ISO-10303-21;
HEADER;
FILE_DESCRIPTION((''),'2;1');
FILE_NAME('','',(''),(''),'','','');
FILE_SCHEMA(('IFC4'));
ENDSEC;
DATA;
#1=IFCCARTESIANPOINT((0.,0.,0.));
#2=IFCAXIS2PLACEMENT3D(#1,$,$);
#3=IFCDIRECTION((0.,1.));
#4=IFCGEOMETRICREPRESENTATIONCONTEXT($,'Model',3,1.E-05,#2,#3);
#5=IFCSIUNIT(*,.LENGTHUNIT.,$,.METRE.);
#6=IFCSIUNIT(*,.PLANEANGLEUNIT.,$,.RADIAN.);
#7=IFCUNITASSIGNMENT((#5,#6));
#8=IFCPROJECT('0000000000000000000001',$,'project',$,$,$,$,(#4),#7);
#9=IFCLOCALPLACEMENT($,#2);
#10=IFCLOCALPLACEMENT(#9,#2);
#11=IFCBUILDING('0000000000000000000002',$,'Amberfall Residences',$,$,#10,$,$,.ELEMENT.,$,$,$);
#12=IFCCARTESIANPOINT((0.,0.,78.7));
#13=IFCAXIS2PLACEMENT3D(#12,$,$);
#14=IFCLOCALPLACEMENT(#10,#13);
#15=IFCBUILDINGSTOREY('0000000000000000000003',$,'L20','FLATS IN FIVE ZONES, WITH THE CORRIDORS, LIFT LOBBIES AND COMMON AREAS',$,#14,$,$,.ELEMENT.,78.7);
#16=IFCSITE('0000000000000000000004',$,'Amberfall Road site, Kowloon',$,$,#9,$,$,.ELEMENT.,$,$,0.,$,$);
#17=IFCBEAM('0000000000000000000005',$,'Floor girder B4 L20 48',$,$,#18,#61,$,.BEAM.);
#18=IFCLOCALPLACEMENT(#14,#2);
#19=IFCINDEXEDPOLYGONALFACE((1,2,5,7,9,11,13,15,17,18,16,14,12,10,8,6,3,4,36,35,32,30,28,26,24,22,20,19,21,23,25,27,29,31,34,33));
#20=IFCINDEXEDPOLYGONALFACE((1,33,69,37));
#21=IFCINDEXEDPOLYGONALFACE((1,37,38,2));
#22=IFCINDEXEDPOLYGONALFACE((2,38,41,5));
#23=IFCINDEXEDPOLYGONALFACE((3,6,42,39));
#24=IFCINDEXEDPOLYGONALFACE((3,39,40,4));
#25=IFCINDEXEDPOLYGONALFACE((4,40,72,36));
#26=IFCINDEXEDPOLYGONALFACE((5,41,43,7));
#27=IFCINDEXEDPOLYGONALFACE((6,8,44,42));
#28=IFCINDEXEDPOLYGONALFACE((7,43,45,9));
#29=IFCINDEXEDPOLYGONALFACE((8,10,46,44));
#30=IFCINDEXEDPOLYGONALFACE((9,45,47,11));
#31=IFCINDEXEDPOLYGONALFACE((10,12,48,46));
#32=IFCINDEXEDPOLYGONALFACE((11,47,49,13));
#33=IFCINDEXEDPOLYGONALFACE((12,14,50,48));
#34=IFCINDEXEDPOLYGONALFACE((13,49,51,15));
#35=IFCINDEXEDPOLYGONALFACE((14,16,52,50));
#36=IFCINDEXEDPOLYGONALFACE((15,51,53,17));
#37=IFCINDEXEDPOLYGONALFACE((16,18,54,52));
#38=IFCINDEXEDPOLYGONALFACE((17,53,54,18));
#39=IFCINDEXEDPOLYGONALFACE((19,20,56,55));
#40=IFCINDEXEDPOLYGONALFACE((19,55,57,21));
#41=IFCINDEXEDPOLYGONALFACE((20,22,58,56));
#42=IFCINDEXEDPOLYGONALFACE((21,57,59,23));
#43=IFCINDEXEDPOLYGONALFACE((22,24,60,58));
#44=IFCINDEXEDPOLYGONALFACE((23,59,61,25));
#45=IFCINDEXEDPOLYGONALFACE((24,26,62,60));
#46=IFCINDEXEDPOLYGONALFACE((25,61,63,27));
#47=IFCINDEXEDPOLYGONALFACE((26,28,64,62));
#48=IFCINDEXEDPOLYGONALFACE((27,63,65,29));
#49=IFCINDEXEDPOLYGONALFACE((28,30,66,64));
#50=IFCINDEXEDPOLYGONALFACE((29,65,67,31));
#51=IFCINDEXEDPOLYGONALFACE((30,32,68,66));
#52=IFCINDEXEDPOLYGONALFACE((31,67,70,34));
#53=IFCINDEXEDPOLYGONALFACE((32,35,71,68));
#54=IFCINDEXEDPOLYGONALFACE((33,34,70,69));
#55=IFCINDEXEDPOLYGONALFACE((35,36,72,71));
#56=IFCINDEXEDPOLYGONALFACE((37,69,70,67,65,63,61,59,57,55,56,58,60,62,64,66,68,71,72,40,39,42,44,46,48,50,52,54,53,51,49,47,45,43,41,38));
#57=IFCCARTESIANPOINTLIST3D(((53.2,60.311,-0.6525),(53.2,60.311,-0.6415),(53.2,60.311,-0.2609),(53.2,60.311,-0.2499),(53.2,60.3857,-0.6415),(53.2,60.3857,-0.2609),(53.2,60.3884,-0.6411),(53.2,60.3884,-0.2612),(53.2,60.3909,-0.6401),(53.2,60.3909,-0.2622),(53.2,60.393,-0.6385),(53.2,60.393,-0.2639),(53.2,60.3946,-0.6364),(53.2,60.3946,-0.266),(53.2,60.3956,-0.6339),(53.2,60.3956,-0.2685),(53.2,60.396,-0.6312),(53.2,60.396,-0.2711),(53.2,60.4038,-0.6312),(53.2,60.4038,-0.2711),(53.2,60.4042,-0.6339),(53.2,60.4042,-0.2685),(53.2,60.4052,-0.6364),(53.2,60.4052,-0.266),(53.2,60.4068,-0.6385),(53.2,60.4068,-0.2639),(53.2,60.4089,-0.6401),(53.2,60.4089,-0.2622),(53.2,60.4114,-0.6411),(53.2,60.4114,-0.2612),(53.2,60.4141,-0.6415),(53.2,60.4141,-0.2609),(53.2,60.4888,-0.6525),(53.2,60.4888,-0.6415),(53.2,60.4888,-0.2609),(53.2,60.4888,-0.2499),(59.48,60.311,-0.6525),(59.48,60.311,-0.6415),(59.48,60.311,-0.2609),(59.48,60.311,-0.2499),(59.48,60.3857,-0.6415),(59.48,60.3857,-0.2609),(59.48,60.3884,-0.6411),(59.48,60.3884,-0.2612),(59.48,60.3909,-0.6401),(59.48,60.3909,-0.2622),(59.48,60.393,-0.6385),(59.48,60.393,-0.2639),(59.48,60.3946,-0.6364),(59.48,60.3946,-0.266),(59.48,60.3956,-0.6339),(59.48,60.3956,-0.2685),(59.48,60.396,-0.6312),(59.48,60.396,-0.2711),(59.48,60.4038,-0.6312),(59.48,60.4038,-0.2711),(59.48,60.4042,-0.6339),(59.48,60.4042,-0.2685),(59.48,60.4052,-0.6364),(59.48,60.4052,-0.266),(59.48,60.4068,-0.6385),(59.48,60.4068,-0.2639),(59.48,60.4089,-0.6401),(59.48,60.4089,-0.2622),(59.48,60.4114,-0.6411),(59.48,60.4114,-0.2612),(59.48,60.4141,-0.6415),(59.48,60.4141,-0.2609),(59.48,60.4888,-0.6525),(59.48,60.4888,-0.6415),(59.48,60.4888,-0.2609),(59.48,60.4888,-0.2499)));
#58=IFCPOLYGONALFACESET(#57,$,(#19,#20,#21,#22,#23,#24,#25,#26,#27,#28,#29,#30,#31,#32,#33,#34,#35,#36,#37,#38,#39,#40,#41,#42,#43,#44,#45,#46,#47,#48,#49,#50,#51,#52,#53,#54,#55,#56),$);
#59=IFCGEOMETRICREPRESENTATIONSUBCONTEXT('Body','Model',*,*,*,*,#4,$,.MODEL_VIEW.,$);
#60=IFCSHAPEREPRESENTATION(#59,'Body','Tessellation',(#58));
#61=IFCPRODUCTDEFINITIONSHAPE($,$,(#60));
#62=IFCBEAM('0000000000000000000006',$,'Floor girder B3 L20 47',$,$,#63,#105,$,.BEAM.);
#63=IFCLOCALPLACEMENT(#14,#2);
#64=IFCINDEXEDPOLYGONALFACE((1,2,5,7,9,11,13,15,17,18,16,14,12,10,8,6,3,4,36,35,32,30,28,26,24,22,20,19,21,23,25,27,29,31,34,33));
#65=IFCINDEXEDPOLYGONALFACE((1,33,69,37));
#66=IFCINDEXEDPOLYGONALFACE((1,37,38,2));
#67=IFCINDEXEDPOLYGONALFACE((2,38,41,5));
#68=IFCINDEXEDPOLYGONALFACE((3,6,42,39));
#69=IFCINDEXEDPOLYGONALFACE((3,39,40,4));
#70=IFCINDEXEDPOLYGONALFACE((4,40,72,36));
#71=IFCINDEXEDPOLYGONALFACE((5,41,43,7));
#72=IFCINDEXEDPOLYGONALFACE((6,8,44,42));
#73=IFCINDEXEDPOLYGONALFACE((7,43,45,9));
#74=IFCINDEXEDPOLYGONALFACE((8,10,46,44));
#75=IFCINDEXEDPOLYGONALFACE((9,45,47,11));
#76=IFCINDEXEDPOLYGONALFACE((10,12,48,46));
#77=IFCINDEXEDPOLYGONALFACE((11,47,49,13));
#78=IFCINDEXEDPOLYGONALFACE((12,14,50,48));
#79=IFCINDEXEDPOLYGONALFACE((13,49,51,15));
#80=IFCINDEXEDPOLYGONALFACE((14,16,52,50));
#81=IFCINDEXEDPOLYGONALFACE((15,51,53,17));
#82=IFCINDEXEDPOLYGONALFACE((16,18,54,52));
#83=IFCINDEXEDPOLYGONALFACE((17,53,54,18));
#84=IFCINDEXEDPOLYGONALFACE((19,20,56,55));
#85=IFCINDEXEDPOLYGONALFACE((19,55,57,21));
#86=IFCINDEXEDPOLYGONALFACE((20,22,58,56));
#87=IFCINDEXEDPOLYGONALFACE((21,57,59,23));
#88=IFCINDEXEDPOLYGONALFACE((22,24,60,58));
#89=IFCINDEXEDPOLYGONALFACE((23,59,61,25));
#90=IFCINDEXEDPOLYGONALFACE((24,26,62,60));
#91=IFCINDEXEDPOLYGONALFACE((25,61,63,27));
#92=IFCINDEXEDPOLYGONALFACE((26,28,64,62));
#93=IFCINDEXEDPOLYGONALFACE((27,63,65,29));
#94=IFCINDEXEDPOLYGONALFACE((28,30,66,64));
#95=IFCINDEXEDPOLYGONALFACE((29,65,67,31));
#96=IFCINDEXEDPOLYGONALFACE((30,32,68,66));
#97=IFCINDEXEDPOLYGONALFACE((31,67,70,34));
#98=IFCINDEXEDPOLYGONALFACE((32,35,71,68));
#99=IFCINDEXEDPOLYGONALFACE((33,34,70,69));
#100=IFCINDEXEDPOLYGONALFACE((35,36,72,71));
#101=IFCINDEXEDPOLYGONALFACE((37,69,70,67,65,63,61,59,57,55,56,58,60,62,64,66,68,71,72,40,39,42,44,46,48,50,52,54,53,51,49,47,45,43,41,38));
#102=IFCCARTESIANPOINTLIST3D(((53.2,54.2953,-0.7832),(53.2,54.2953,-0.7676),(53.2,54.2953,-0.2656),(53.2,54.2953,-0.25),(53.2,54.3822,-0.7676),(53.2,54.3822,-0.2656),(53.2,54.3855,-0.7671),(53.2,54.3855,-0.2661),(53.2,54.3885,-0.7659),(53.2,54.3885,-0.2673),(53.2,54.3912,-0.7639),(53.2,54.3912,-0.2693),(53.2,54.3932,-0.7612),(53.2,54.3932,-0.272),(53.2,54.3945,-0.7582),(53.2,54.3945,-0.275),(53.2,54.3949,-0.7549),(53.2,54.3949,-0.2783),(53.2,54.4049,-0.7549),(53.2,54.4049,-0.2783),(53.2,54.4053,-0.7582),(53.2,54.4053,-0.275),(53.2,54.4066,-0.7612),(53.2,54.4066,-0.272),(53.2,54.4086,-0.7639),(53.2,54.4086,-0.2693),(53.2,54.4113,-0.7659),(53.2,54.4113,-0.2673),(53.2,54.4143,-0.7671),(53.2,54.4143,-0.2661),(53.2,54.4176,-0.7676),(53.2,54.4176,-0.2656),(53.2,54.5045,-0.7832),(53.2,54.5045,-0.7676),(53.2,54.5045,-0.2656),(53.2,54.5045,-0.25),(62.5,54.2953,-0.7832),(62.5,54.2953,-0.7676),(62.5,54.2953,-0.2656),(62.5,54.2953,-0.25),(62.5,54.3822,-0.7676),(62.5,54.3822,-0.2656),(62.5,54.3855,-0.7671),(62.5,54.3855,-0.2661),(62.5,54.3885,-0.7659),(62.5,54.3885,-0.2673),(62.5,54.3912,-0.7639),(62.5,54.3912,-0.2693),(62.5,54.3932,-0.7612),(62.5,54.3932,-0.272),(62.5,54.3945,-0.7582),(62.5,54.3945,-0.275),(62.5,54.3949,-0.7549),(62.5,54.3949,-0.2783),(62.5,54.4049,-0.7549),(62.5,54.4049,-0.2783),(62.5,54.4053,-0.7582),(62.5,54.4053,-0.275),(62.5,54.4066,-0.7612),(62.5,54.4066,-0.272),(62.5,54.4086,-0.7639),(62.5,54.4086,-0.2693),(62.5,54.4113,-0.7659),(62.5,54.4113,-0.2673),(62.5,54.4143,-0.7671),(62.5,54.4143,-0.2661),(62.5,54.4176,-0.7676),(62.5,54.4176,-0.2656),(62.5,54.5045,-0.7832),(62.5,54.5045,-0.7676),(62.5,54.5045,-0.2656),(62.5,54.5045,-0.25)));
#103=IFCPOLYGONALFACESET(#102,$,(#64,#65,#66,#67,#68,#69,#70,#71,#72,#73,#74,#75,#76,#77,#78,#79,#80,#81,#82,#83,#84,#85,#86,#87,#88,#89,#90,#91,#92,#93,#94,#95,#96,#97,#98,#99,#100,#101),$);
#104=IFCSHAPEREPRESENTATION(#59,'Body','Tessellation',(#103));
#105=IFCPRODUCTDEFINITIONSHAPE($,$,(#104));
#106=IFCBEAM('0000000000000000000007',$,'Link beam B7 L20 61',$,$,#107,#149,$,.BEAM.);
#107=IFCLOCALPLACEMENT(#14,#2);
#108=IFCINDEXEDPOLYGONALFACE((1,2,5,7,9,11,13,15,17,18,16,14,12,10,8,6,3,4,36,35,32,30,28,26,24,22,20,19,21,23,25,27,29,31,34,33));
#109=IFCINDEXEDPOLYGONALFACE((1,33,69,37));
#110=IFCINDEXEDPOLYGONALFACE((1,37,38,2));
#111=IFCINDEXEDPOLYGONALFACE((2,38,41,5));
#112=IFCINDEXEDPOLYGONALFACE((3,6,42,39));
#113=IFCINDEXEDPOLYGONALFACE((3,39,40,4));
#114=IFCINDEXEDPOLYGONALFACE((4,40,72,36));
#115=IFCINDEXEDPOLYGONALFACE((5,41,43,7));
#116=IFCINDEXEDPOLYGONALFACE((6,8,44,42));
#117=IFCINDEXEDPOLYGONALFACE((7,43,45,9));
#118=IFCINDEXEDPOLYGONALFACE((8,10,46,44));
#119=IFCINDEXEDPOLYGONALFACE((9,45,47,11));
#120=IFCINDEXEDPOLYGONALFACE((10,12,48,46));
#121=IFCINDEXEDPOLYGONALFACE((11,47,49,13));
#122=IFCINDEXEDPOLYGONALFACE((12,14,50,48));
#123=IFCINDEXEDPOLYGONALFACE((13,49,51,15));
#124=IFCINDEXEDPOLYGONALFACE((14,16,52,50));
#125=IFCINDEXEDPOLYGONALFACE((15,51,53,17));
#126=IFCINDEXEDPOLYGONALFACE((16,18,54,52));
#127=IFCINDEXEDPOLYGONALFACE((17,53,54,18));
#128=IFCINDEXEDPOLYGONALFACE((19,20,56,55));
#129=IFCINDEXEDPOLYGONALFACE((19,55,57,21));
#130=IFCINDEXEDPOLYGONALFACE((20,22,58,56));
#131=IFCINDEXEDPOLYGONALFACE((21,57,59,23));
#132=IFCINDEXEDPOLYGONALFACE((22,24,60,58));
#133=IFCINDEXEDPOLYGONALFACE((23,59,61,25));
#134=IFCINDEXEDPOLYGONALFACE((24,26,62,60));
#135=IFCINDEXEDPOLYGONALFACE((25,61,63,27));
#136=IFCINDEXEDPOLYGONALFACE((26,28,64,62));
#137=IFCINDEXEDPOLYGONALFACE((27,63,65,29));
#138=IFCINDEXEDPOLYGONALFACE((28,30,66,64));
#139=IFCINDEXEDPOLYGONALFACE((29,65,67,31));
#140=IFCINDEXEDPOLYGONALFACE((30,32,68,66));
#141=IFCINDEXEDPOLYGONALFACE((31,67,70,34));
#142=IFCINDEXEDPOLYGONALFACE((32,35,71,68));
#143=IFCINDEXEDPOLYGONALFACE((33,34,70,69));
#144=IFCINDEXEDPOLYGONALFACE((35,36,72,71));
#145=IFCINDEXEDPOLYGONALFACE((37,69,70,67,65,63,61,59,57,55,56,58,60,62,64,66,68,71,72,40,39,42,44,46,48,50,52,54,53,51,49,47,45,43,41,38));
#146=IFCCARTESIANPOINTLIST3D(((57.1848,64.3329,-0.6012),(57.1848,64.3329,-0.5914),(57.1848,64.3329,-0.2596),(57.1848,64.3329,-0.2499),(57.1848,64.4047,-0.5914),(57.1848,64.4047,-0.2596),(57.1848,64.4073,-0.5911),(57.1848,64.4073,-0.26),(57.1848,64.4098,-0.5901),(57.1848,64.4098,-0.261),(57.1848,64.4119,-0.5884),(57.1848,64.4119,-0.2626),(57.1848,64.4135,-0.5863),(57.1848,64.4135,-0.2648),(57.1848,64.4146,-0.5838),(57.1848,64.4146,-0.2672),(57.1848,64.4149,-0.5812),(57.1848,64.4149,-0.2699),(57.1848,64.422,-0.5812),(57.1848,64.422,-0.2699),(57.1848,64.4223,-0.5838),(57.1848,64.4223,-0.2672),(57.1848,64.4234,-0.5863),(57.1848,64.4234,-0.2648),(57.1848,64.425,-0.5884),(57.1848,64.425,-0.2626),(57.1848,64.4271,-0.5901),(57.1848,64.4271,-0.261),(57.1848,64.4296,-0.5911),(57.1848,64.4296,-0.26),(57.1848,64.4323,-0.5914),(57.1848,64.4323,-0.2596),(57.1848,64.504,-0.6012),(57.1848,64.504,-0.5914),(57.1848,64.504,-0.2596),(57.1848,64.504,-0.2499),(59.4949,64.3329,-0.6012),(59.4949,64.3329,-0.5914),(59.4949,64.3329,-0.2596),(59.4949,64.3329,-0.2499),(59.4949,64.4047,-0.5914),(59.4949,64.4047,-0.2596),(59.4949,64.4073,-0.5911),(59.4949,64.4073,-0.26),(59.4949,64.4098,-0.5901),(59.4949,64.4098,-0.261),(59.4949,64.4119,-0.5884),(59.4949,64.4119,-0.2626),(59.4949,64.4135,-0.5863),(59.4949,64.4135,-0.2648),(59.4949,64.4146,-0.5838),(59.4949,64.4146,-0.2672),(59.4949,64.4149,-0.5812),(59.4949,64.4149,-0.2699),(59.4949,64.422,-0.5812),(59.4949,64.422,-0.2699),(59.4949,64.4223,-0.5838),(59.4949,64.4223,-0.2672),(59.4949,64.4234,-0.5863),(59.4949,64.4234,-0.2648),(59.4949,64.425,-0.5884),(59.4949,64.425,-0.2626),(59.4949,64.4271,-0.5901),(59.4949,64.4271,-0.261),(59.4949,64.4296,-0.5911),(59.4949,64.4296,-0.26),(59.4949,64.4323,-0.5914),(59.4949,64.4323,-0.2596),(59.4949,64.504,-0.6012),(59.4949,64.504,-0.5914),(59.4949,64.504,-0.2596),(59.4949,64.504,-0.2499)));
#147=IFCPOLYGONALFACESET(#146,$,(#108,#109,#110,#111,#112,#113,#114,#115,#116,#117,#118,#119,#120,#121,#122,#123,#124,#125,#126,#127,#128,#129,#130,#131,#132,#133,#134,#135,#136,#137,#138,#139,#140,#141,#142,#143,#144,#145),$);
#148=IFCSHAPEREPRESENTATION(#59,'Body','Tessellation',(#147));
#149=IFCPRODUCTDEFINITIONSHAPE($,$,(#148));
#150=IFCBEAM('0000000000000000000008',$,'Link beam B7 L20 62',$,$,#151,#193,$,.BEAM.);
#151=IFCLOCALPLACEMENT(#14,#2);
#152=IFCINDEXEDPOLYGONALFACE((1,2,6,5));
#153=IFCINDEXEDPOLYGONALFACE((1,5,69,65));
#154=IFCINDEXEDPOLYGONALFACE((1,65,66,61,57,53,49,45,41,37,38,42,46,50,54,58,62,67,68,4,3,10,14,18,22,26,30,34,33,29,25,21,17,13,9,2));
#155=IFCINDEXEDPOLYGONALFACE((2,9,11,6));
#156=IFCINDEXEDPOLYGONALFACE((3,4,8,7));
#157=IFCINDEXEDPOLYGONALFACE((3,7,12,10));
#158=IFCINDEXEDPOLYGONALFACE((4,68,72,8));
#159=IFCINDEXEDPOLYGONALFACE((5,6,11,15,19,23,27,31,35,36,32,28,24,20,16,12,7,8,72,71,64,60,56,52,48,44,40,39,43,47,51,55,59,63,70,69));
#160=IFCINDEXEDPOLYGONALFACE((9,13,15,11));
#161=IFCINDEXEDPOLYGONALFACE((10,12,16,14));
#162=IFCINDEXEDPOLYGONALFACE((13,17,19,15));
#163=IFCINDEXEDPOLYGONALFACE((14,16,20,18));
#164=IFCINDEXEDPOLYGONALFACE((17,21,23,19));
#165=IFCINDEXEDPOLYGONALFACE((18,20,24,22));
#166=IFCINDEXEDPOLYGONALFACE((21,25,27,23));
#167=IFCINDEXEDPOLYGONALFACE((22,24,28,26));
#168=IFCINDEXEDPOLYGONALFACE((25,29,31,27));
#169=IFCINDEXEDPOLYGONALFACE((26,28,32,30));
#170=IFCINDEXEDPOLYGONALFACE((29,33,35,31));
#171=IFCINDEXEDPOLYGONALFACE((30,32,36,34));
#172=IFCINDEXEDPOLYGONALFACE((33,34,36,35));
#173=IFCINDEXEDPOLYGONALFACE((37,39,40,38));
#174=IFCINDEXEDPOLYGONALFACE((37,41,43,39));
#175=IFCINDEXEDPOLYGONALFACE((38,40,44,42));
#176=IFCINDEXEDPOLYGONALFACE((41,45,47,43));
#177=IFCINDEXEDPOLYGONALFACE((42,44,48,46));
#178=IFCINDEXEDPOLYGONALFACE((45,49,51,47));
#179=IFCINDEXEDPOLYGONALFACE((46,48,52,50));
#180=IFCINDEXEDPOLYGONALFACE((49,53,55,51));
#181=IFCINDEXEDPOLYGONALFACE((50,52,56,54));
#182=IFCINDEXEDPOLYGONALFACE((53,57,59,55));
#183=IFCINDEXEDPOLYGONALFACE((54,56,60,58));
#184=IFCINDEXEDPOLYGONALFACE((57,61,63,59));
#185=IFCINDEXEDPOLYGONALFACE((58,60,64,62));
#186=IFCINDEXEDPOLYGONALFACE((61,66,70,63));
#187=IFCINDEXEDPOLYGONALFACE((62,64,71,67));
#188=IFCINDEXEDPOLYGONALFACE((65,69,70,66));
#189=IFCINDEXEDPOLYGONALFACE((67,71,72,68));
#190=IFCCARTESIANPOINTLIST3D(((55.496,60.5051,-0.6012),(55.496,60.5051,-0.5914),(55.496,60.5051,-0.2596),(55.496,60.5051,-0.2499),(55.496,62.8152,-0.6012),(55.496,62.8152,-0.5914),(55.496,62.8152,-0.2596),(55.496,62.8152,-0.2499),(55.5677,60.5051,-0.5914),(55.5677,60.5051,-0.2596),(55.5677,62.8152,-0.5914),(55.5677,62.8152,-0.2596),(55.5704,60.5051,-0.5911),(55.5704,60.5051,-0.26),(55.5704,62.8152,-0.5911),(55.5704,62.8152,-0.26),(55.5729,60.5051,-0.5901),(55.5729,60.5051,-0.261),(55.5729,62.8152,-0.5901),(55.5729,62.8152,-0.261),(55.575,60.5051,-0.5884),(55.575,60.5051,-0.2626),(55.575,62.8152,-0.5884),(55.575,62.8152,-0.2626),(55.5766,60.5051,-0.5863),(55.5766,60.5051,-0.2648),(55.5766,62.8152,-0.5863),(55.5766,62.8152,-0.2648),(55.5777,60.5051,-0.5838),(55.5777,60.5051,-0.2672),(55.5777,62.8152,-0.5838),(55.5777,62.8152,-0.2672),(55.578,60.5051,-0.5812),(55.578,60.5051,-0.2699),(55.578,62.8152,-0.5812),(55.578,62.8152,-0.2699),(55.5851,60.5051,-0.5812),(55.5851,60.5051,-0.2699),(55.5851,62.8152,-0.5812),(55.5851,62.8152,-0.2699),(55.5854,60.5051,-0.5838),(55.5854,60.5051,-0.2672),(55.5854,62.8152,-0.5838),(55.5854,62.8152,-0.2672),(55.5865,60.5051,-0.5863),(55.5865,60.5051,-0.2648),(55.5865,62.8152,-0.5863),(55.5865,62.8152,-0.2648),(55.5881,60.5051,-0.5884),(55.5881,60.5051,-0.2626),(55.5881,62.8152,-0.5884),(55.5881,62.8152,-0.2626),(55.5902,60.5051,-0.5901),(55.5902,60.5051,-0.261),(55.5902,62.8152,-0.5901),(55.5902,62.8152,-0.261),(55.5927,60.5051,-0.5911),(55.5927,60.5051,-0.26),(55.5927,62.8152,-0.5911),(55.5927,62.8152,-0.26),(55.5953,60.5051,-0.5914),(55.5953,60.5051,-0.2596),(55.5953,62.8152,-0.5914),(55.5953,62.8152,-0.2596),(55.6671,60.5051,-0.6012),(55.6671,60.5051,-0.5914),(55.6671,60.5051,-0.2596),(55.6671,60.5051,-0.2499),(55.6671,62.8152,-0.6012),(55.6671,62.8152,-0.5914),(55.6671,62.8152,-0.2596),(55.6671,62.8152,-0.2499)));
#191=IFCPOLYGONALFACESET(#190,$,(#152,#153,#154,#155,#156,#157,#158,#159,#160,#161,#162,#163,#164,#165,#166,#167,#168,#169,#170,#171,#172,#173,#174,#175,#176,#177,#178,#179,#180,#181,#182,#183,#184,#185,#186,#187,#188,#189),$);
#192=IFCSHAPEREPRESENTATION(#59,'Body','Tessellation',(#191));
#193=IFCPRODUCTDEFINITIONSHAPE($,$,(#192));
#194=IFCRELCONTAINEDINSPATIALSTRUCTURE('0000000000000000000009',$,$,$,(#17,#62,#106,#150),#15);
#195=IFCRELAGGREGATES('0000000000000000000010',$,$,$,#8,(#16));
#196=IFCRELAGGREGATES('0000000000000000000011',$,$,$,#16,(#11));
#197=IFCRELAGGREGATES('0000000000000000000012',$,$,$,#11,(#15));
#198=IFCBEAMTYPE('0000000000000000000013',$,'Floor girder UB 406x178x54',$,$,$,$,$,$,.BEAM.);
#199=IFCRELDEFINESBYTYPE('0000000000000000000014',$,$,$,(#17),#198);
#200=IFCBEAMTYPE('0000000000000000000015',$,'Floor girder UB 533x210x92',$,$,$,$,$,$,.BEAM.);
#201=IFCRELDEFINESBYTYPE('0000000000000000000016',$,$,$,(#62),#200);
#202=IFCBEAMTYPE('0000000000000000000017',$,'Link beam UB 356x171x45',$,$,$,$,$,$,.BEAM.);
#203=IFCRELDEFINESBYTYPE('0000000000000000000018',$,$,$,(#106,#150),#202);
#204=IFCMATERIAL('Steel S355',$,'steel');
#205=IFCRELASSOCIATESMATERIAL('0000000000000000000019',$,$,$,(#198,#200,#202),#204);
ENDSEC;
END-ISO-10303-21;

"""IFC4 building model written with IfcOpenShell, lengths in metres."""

from ifc_helpers import new_model, si_unit, direction, frame, origin, origin_2d, place, context, subcontext, project, spatial, i_section, extrude, material, material_profile, profile_set, type_object, element, save


model = new_model("IFC4")

# Units and contexts
model_context = context("Model", 3, precision=1e-05, world=origin(), true_north=direction((0.0, 1.0)))
body_context = subcontext(model_context, "Body", "Model", "MODEL_VIEW")
ifc_project = project(units=[si_unit("LENGTHUNIT", "METRE"), si_unit("PLANEANGLEUNIT", "RADIAN")], contexts=[model_context])

# Site, building, storey
site_placement = place(None, origin())
site = spatial("IfcSite", under=ifc_project, at=site_placement, Name="Amberfall Road site, Kowloon", CompositionType="ELEMENT", RefElevation=0.0)
building_placement = place(site_placement, origin())
building = spatial("IfcBuilding", under=site, at=building_placement, Name="Amberfall Residences", CompositionType="ELEMENT")
storey_placement = place(building_placement, frame((0.0, 0.0, 78.7)))
storey = spatial("IfcBuildingStorey", under=building, at=storey_placement, Name="L20", Description="FLATS IN FIVE ZONES, WITH THE CORRIDORS, LIFT LOBBIES AND COMMON AREAS", CompositionType="ELEMENT", Elevation=78.7)

# Shared definitions
ifc_material_1 = material(Name="Steel S355", Category="steel")

# Beams
ifc_material_profile_1 = material_profile(ifc_material_1, i_section(OverallWidth=0.1777, OverallDepth=0.4026, WebThickness=0.0078, FlangeThickness=0.011, FilletRadius=0.0103, at=origin_2d()), Name="UB 406x178x54")
ifc_profile_set_1 = profile_set([ifc_material_profile_1], Name="Steel S355")
beam_type_1 = type_object("IfcBeamType", Name="Floor girder UB 406x178x54", PredefinedType="BEAM", material=ifc_profile_set_1)
beam_1_placement = place(storey_placement, frame((53.2, 60.3999, -0.4512), z_axis=(1.0, 0.0, 0.0), x_axis=(0.0, 1.0, 0.0)))
element("IfcBeam", 1, at=beam_1_placement, inside=storey, type_object=beam_type_1, Name="Floor girder B4 L20 48", PredefinedType="BEAM", context=body_context, shape_type="SweptSolid", body=[
    extrude(i_section(OverallWidth=0.1777, OverallDepth=0.4026, WebThickness=0.0078, FlangeThickness=0.011, FilletRadius=0.0103, at=origin_2d()), origin(), (0.0, 0.0, 1.0), 6.28),
])
ifc_material_profile_2 = material_profile(ifc_material_1, i_section(OverallWidth=0.2092, OverallDepth=0.5332, WebThickness=0.01, FlangeThickness=0.0156, FilletRadius=0.0127, at=origin_2d()), Name="UB 533x210x92")
ifc_profile_set_2 = profile_set([ifc_material_profile_2], Name="Steel S355")
beam_type_2 = type_object("IfcBeamType", Name="Floor girder UB 533x210x92", PredefinedType="BEAM", material=ifc_profile_set_2)
beam_2_placement = place(storey_placement, frame((53.2, 54.3999, -0.5166), z_axis=(1.0, 0.0, 0.0), x_axis=(0.0, 1.0, 0.0)))
element("IfcBeam", 2, at=beam_2_placement, inside=storey, type_object=beam_type_2, Name="Floor girder B3 L20 47", PredefinedType="BEAM", context=body_context, shape_type="SweptSolid", body=[
    extrude(i_section(OverallWidth=0.2092, OverallDepth=0.5332, WebThickness=0.01, FlangeThickness=0.0156, FilletRadius=0.0127, at=origin_2d()), origin(), (0.0, 0.0, 1.0), 9.3),
])
ifc_material_profile_3 = material_profile(ifc_material_1, i_section(OverallWidth=0.1711, OverallDepth=0.3513, WebThickness=0.0071, FlangeThickness=0.0098, FilletRadius=0.0103, at=origin_2d()), Name="UB 356x171x45")
ifc_profile_set_3 = profile_set([ifc_material_profile_3], Name="Steel S355")
beam_type_3 = type_object("IfcBeamType", Name="Link beam UB 356x171x45", PredefinedType="BEAM", material=ifc_profile_set_3)
for number, where, z_axis, x_axis, name in (
    (3, (57.1848, 64.4185, -0.4255), (1.0, 0.0, 0.0), (0.0, 1.0, 0.0), "Link beam B7 L20 61"),
    (4, (55.5815, 62.8152, -0.4255), (0.0, -1.0, 0.0), (1.0, 0.0, 0.0), "Link beam B7 L20 62"),
):
    element("IfcBeam", number, at=place(storey_placement, frame(where, z_axis=z_axis, x_axis=x_axis)), inside=storey, type_object=beam_type_3, Name=name, PredefinedType="BEAM", context=body_context, shape_type="SweptSolid", body=[
        extrude(i_section(OverallWidth=0.1711, OverallDepth=0.3513, WebThickness=0.0071, FlangeThickness=0.0098, FilletRadius=0.0103, at=origin_2d()), origin(), (0.0, 0.0, 1.0), 2.3101),
    ])

save(model, "model.ifc")
